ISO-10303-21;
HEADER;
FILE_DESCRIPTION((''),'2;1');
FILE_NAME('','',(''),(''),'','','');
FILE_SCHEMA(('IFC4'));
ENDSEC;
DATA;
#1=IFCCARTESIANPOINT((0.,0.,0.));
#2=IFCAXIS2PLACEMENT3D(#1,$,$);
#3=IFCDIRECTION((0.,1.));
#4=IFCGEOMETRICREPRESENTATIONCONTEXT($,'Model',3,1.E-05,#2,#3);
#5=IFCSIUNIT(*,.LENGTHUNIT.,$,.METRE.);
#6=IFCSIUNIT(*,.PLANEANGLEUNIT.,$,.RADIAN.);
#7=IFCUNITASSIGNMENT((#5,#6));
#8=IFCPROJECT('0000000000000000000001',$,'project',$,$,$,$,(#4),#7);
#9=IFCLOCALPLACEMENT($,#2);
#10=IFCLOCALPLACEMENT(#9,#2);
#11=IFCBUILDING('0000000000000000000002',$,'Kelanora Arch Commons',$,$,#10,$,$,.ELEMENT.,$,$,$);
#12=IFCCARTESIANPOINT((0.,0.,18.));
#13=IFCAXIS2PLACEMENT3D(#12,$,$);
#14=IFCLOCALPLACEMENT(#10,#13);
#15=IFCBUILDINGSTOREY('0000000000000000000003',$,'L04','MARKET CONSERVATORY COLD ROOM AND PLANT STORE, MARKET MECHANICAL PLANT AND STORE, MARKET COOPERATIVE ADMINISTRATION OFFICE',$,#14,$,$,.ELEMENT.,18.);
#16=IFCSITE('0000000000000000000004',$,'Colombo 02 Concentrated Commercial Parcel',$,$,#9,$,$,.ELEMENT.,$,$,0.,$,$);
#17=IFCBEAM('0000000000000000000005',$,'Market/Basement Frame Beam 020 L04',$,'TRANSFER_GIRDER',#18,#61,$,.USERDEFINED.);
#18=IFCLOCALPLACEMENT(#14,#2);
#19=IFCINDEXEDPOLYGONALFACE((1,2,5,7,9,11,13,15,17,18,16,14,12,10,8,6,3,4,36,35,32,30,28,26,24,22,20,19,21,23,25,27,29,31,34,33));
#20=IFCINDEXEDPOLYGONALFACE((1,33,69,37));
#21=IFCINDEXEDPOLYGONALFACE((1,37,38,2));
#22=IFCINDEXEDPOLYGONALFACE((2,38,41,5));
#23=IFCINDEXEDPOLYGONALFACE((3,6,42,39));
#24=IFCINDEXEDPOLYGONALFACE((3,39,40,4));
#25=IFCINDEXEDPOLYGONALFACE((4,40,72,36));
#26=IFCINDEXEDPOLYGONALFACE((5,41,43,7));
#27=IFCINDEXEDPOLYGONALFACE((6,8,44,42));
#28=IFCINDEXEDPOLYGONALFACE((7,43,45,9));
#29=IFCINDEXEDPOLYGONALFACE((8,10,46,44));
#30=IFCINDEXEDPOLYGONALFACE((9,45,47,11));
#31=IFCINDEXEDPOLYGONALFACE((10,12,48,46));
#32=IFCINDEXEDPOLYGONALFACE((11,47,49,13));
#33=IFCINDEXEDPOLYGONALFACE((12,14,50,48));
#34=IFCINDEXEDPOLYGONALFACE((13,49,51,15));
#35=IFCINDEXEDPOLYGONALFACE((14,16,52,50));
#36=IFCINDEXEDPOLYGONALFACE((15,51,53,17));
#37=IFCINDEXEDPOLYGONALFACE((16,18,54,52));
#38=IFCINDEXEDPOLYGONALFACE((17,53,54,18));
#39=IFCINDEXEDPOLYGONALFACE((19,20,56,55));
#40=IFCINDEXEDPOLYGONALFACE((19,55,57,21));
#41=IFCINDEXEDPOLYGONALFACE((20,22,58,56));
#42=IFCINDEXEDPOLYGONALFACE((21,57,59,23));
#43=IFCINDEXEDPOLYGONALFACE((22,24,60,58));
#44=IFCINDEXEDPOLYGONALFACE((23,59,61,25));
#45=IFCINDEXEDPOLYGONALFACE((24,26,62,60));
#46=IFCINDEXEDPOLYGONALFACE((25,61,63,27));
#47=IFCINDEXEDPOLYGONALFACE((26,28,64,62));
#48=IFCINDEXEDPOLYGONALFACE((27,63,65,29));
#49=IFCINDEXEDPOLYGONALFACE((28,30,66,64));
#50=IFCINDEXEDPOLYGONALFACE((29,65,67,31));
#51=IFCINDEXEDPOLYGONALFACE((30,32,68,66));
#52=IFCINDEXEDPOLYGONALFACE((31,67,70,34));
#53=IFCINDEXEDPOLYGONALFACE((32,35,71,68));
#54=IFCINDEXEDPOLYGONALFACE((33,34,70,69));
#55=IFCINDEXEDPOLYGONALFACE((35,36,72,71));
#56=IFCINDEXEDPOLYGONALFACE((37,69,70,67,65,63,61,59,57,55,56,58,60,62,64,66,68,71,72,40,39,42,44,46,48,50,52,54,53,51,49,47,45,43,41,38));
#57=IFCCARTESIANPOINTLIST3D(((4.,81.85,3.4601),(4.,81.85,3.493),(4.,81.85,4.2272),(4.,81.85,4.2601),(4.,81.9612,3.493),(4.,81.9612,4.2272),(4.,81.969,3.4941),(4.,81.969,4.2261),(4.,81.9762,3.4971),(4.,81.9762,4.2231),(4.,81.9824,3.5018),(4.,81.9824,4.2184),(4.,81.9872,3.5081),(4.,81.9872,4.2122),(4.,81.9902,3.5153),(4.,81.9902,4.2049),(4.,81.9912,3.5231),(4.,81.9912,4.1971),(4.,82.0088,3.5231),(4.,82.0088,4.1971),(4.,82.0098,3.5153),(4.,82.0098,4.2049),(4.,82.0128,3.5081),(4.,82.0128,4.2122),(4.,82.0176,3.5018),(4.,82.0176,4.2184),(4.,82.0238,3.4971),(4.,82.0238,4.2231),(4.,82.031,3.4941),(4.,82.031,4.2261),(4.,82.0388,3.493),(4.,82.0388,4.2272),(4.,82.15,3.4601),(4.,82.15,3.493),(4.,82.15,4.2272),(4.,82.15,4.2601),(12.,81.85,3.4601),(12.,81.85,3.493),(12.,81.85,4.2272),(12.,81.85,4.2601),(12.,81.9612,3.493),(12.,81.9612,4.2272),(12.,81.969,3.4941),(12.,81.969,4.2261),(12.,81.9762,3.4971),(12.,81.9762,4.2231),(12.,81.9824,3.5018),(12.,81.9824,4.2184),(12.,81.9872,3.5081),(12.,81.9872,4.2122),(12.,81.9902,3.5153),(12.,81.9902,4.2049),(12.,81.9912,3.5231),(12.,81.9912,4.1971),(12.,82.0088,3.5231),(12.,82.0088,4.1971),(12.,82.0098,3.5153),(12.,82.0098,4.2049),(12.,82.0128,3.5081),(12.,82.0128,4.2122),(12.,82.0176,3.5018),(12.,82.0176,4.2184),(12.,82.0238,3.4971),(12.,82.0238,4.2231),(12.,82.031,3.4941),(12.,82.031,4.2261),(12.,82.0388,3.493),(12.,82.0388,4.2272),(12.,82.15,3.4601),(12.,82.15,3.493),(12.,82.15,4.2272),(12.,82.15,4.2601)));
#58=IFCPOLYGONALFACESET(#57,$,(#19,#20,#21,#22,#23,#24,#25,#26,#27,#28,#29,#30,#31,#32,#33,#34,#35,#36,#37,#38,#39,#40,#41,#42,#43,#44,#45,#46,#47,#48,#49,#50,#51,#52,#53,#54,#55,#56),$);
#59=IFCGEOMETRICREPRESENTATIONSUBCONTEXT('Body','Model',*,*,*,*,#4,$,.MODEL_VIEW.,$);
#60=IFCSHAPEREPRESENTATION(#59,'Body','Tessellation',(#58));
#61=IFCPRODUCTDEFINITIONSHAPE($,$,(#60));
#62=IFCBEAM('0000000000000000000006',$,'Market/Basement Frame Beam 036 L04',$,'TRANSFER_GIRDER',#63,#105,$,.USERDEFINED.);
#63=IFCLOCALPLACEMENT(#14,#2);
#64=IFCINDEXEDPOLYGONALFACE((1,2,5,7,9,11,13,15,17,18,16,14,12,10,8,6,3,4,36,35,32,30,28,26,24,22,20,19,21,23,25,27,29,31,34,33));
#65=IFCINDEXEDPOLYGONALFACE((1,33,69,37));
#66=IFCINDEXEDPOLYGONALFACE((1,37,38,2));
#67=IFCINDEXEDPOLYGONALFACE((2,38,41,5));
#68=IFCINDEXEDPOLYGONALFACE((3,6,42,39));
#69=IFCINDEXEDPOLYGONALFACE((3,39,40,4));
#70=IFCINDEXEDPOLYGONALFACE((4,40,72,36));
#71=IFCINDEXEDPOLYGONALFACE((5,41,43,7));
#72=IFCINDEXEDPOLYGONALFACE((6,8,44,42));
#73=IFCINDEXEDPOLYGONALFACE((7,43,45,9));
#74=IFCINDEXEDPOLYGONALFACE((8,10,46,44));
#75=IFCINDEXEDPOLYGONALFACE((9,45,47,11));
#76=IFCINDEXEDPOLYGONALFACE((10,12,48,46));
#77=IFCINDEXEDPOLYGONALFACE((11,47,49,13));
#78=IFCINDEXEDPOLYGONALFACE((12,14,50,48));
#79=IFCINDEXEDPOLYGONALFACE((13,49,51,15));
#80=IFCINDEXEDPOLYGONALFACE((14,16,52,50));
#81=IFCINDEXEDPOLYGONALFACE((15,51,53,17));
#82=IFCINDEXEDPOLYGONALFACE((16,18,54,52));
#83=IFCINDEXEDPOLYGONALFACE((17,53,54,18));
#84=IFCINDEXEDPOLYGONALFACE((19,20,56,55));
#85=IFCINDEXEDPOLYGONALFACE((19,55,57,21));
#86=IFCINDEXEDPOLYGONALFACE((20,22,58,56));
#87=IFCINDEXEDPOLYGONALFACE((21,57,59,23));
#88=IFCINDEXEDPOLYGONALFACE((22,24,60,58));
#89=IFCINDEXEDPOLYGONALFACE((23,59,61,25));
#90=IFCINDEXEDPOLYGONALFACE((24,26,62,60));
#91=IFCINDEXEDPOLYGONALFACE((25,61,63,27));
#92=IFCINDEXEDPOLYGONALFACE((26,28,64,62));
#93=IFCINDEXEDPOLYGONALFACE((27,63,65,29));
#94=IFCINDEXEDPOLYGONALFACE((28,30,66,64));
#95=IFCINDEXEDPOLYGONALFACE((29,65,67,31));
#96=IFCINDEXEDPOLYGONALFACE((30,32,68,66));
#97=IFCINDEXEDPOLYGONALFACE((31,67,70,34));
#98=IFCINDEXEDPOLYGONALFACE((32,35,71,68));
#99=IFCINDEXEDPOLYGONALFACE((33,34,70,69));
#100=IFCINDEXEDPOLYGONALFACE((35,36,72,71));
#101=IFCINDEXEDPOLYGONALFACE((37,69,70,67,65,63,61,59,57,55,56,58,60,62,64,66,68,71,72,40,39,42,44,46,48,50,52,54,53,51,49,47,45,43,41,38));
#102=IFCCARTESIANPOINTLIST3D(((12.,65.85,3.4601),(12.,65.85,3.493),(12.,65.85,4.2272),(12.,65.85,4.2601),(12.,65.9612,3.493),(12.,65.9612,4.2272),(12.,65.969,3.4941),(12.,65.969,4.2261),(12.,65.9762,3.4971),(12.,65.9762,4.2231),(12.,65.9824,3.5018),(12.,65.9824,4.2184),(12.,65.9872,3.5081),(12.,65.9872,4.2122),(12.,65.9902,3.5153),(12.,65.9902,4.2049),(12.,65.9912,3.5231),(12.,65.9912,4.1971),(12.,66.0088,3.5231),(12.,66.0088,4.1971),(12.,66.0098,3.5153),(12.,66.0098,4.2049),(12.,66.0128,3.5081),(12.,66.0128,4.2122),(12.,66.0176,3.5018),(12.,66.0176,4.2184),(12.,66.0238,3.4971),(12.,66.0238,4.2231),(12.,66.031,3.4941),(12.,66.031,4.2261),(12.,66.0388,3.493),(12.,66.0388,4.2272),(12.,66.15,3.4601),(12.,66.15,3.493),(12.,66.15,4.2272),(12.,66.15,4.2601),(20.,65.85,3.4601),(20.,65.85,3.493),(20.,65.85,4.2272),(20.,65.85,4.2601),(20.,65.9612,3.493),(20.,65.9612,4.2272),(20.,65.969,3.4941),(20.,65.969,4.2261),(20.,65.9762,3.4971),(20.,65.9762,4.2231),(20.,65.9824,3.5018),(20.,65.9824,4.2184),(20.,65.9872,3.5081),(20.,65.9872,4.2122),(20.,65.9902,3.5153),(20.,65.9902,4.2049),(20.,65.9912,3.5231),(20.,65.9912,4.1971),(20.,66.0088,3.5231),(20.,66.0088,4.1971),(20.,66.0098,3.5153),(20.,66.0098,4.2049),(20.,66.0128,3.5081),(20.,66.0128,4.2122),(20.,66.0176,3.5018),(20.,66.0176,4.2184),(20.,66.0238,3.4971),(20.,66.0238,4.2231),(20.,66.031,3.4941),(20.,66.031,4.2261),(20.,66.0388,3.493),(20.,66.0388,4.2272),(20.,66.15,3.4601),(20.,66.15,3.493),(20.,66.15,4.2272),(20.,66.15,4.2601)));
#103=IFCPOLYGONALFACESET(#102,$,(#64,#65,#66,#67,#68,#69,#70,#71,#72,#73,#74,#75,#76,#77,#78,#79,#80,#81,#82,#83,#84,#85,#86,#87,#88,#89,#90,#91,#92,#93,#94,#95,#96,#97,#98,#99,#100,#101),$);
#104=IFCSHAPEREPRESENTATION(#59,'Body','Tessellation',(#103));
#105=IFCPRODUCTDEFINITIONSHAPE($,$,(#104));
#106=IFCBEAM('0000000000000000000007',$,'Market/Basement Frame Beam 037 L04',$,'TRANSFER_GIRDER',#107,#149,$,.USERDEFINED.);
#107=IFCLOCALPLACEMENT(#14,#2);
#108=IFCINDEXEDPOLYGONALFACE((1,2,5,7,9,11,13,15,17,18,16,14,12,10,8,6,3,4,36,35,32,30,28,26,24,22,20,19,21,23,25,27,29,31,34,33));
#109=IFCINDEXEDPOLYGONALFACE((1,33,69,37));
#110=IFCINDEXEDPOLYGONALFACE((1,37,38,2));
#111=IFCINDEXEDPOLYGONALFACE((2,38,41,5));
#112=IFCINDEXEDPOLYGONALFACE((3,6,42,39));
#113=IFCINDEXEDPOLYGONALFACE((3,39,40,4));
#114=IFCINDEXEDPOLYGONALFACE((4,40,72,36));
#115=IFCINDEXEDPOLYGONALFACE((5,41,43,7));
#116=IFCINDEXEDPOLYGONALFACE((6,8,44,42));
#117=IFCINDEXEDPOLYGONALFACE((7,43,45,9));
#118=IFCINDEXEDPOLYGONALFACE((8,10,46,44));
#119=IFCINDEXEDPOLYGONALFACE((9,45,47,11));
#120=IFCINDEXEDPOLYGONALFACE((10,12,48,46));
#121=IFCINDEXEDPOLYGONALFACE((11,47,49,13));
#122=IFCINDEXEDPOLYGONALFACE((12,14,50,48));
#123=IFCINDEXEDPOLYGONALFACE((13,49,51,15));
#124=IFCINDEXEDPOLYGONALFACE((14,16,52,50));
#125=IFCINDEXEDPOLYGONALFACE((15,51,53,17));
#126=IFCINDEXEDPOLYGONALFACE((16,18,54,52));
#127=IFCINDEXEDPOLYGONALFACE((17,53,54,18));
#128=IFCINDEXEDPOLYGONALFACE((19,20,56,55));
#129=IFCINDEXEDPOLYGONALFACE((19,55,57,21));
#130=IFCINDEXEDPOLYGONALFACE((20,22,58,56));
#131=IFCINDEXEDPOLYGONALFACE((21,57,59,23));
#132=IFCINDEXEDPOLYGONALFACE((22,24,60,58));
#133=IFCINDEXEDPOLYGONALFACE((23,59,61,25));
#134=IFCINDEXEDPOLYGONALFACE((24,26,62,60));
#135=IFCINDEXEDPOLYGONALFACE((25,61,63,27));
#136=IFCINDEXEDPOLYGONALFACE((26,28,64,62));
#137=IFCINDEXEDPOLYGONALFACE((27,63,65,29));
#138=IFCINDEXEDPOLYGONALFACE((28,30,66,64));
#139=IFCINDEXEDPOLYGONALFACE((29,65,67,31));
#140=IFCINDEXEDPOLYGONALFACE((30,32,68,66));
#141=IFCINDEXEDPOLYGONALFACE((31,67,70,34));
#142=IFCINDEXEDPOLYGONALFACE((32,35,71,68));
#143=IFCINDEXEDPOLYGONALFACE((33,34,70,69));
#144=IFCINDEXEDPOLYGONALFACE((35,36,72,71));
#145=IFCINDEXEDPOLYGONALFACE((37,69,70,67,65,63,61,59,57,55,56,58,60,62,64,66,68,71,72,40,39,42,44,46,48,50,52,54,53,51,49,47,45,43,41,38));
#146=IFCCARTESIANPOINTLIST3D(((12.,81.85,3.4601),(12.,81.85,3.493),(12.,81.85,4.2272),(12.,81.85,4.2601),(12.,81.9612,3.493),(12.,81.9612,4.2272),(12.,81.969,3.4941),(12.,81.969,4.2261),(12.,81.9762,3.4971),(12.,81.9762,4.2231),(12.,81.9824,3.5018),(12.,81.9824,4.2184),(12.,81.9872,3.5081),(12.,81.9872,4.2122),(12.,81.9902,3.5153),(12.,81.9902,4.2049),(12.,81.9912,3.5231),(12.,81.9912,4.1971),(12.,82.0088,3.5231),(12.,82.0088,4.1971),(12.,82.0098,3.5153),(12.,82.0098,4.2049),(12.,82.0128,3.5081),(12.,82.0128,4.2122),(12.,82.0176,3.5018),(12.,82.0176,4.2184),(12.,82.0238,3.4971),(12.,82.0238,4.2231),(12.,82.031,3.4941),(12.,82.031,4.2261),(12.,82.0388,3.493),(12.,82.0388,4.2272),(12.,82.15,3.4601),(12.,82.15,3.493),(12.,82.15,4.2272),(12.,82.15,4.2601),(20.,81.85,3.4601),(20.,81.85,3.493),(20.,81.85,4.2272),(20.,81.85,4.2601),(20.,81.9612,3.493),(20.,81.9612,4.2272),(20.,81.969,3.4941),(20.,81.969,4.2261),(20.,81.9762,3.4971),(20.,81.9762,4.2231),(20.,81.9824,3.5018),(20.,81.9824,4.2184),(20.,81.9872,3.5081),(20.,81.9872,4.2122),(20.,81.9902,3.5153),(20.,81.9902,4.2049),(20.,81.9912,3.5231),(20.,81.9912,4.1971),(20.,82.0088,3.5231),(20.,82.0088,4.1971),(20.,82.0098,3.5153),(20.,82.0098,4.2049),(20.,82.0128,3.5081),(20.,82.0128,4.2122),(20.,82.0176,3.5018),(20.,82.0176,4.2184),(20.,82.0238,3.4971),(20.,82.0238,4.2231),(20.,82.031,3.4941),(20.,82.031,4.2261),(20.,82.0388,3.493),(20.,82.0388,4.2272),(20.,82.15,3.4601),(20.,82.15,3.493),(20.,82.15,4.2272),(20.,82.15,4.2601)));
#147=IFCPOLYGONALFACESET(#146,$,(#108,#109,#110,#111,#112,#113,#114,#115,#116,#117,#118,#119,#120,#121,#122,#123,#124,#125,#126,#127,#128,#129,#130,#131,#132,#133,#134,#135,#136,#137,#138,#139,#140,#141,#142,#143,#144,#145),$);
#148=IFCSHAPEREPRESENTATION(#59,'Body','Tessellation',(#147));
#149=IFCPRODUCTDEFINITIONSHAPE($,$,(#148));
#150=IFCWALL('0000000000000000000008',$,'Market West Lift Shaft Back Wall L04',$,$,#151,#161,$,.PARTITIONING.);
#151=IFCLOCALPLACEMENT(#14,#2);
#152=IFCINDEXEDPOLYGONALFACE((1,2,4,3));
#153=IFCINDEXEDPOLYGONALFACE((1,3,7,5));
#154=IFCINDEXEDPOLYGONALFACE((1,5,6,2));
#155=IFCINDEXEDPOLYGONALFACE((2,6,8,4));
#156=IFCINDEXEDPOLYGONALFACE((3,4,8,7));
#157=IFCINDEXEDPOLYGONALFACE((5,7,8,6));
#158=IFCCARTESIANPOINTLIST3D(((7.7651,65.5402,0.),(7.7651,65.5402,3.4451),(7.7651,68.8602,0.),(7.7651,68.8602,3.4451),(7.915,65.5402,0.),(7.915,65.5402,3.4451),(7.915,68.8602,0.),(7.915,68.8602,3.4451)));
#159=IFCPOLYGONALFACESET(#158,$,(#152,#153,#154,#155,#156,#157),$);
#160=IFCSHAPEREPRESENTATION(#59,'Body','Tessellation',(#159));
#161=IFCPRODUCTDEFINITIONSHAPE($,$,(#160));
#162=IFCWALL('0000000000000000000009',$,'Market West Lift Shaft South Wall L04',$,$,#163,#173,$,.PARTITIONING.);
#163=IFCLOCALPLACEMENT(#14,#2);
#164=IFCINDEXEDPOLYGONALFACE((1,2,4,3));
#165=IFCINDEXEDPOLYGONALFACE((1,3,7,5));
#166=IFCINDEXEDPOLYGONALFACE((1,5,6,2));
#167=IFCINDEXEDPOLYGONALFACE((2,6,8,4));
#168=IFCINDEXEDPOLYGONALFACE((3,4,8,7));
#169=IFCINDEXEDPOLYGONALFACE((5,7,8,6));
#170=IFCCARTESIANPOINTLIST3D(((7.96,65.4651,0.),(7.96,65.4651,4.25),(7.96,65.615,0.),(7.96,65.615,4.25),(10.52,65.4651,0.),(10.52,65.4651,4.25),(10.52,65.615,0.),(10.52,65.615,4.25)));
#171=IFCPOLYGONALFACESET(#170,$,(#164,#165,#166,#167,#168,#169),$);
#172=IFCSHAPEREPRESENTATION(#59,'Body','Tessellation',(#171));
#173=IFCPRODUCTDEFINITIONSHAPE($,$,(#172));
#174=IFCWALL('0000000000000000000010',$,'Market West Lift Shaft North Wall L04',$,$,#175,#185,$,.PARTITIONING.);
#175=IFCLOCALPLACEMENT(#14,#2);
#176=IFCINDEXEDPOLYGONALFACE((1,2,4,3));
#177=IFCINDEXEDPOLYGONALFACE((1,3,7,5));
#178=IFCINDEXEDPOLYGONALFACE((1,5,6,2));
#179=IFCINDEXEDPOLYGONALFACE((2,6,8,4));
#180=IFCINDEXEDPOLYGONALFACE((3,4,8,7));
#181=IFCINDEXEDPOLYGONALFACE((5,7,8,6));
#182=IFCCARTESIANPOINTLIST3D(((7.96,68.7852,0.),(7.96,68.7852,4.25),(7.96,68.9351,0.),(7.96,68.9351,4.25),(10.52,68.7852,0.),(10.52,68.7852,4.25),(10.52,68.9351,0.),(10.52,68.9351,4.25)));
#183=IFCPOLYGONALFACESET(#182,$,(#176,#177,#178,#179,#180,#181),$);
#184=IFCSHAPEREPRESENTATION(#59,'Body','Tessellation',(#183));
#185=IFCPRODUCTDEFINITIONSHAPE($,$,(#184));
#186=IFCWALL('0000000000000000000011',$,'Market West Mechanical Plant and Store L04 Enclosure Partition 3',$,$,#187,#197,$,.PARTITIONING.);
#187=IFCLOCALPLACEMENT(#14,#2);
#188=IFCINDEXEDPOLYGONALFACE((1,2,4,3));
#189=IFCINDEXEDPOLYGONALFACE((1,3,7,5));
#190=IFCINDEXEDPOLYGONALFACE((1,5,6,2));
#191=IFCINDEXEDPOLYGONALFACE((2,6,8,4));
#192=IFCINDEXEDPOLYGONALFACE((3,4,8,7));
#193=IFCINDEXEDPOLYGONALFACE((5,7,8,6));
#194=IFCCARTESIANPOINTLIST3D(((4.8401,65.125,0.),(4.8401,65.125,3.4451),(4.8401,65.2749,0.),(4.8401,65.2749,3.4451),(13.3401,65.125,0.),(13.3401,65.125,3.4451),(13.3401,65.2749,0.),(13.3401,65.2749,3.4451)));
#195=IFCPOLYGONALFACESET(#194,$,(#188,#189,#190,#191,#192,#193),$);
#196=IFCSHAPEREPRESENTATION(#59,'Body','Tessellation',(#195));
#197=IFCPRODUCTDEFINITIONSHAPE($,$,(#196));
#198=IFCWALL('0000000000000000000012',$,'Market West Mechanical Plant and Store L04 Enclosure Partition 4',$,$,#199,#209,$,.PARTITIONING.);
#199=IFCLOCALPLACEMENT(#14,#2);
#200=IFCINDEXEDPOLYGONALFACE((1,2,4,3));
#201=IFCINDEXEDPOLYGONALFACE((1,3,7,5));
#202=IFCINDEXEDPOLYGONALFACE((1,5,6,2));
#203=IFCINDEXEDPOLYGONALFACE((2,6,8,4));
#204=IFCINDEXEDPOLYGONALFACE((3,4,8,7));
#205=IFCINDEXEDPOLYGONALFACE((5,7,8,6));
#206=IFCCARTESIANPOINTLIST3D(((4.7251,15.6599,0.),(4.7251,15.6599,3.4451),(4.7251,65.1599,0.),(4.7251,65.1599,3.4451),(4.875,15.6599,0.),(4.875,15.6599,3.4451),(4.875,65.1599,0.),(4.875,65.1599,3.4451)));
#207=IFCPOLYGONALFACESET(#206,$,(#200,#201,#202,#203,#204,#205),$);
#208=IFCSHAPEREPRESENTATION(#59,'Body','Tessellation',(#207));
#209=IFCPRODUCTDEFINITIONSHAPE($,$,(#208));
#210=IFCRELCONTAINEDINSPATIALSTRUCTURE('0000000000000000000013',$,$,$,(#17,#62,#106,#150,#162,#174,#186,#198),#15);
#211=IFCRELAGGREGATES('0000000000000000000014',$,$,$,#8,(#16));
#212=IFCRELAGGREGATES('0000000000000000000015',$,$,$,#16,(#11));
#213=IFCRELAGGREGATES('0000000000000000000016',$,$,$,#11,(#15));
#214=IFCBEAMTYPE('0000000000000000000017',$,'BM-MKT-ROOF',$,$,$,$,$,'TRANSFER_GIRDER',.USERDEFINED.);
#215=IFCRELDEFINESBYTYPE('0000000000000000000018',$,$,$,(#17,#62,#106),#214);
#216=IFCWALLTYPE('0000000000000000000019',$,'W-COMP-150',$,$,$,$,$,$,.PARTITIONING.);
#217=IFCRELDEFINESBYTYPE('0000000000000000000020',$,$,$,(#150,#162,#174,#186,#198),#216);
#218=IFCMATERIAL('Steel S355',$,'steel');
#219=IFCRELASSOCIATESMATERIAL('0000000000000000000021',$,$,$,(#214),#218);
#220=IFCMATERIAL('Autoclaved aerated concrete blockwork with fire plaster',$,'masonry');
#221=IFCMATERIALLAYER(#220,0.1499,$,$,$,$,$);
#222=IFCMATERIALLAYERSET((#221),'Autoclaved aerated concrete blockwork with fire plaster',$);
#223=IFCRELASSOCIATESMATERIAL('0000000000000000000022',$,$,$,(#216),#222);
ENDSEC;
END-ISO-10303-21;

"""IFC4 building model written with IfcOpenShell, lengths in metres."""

from ifc_helpers import new_model, si_unit, direction, frame, frame_2d, origin, origin_2d, place, context, subcontext, project, spatial, rectangle, i_section, extrude, material, layer, layer_set, material_profile, profile_set, type_object, element, save


model = new_model("IFC4")

# Units and contexts
model_context = context("Model", 3, precision=1e-05, world=origin(), true_north=direction((0.0, 1.0)))
body_context = subcontext(model_context, "Body", "Model", "MODEL_VIEW")
ifc_project = project(units=[si_unit("LENGTHUNIT", "METRE"), si_unit("PLANEANGLEUNIT", "RADIAN")], contexts=[model_context])

# Site, building, storey
site_placement = place(None, origin())
site = spatial("IfcSite", under=ifc_project, at=site_placement, Name="Colombo 02 Concentrated Commercial Parcel", CompositionType="ELEMENT", RefElevation=0.0)
building_placement = place(site_placement, origin())
building = spatial("IfcBuilding", under=site, at=building_placement, Name="Kelanora Arch Commons", CompositionType="ELEMENT")
storey_placement = place(building_placement, frame((0.0, 0.0, 18.0)))
storey = spatial("IfcBuildingStorey", under=building, at=storey_placement, Name="L04", Description="MARKET CONSERVATORY COLD ROOM AND PLANT STORE, MARKET MECHANICAL PLANT AND STORE, MARKET COOPERATIVE ADMINISTRATION OFFICE", CompositionType="ELEMENT", Elevation=18.0)

# Beams
ifc_material_1 = material(Name="Steel S355", Category="steel")
ifc_material_profile_1 = material_profile(ifc_material_1, i_section(OverallWidth=0.3, OverallDepth=0.8, WebThickness=0.0176, FlangeThickness=0.033, FilletRadius=0.03, at=origin_2d()), Name="HEB800")
ifc_profile_set_1 = profile_set([ifc_material_profile_1], Name="Steel S355")
beam_type = type_object("IfcBeamType", Name="BM-MKT-ROOF", ElementType="TRANSFER_GIRDER", PredefinedType="USERDEFINED", material=ifc_profile_set_1)
for number, where, z_axis, x_axis, name in (
    (1, (4.0, 82.0, 3.8601), (1.0, 0.0, 0.0), (0.0, 1.0, 0.0), "Market/Basement Frame Beam 020 L04"),
    (2, (12.0, 66.0, 3.8601), (1.0, 0.0, 0.0), (0.0, 1.0, 0.0), "Market/Basement Frame Beam 036 L04"),
    (3, (12.0, 82.0, 3.8601), (1.0, 0.0, 0.0), (0.0, 1.0, 0.0), "Market/Basement Frame Beam 037 L04"),
):
    element("IfcBeam", number, at=place(storey_placement, frame(where, z_axis=z_axis, x_axis=x_axis)), inside=storey, type_object=beam_type, Name=name, ObjectType="TRANSFER_GIRDER", PredefinedType="USERDEFINED", context=body_context, shape_type="SweptSolid", body=[
        extrude(i_section(OverallWidth=0.3, OverallDepth=0.8, WebThickness=0.0176, FlangeThickness=0.033, FilletRadius=0.03, at=origin_2d()), origin(), (0.0, 0.0, 1.0), 8.0),
    ])

# Walls
ifc_material_2 = material(Name="Autoclaved aerated concrete blockwork with fire plaster", Category="masonry")
ifc_layer_1 = layer(ifc_material_2, 0.1499)
ifc_layer_set_1 = layer_set([ifc_layer_1], Name="Autoclaved aerated concrete blockwork with fire plaster")
wall_type_1 = type_object("IfcWallType", Name="W-COMP-150", PredefinedType="PARTITIONING", material=ifc_layer_set_1)
wall_1_placement = place(storey_placement, frame((7.8401, 65.54, 0.0), z_axis=(0.0, 0.0, 1.0), x_axis=(0.0, 1.0, 0.0)))
element("IfcWall", 4, at=wall_1_placement, inside=storey, type_object=wall_type_1, Name="Market West Lift Shaft Back Wall L04", PredefinedType="PARTITIONING", context=body_context, shape_type="SweptSolid", body=[
    extrude(rectangle(XDim=3.3201, YDim=0.1499, at=frame_2d((1.6602, 0.0))), origin(), (0.0, 0.0, 1.0), 3.4451),
])
for number, where, z_axis, x_axis, name in (
    (5, (7.96, 65.54, 0.0), (0.0, 0.0, 1.0), (1.0, 0.0, 0.0), "Market West Lift Shaft South Wall L04"),
    (6, (7.96, 68.8601, 0.0), (0.0, 0.0, 1.0), (1.0, 0.0, 0.0), "Market West Lift Shaft North Wall L04"),
):
    element("IfcWall", number, at=place(storey_placement, frame(where, z_axis=z_axis, x_axis=x_axis)), inside=storey, type_object=wall_type_1, Name=name, PredefinedType="PARTITIONING", context=body_context, shape_type="SweptSolid", body=[
        extrude(rectangle(XDim=2.5601, YDim=0.1499, at=frame_2d((1.28, 0.0))), origin(), (0.0, 0.0, 1.0), 4.25),
    ])
wall_2_placement = place(storey_placement, frame((13.3401, 65.2, 0.0), z_axis=(0.0, 0.0, 1.0), x_axis=(-1.0, 0.0, 0.0)))
element("IfcWall", 7, at=wall_2_placement, inside=storey, type_object=wall_type_1, Name="Market West Mechanical Plant and Store L04 Enclosure Partition 3", PredefinedType="PARTITIONING", context=body_context, shape_type="SweptSolid", body=[
    extrude(rectangle(XDim=8.5, YDim=0.1499, at=frame_2d((4.25, 0.0))), origin(), (0.0, 0.0, 1.0), 3.4451),
])
wall_3_placement = place(storey_placement, frame((4.8, 65.1599, 0.0), z_axis=(0.0, 0.0, 1.0), x_axis=(0.0, -1.0, 0.0)))
element("IfcWall", 8, at=wall_3_placement, inside=storey, type_object=wall_type_1, Name="Market West Mechanical Plant and Store L04 Enclosure Partition 4", PredefinedType="PARTITIONING", context=body_context, shape_type="SweptSolid", body=[
    extrude(rectangle(XDim=49.5, YDim=0.1499, at=frame_2d((24.75, 0.0))), origin(), (0.0, 0.0, 1.0), 3.4451),
])

save(model, "model.ifc")
